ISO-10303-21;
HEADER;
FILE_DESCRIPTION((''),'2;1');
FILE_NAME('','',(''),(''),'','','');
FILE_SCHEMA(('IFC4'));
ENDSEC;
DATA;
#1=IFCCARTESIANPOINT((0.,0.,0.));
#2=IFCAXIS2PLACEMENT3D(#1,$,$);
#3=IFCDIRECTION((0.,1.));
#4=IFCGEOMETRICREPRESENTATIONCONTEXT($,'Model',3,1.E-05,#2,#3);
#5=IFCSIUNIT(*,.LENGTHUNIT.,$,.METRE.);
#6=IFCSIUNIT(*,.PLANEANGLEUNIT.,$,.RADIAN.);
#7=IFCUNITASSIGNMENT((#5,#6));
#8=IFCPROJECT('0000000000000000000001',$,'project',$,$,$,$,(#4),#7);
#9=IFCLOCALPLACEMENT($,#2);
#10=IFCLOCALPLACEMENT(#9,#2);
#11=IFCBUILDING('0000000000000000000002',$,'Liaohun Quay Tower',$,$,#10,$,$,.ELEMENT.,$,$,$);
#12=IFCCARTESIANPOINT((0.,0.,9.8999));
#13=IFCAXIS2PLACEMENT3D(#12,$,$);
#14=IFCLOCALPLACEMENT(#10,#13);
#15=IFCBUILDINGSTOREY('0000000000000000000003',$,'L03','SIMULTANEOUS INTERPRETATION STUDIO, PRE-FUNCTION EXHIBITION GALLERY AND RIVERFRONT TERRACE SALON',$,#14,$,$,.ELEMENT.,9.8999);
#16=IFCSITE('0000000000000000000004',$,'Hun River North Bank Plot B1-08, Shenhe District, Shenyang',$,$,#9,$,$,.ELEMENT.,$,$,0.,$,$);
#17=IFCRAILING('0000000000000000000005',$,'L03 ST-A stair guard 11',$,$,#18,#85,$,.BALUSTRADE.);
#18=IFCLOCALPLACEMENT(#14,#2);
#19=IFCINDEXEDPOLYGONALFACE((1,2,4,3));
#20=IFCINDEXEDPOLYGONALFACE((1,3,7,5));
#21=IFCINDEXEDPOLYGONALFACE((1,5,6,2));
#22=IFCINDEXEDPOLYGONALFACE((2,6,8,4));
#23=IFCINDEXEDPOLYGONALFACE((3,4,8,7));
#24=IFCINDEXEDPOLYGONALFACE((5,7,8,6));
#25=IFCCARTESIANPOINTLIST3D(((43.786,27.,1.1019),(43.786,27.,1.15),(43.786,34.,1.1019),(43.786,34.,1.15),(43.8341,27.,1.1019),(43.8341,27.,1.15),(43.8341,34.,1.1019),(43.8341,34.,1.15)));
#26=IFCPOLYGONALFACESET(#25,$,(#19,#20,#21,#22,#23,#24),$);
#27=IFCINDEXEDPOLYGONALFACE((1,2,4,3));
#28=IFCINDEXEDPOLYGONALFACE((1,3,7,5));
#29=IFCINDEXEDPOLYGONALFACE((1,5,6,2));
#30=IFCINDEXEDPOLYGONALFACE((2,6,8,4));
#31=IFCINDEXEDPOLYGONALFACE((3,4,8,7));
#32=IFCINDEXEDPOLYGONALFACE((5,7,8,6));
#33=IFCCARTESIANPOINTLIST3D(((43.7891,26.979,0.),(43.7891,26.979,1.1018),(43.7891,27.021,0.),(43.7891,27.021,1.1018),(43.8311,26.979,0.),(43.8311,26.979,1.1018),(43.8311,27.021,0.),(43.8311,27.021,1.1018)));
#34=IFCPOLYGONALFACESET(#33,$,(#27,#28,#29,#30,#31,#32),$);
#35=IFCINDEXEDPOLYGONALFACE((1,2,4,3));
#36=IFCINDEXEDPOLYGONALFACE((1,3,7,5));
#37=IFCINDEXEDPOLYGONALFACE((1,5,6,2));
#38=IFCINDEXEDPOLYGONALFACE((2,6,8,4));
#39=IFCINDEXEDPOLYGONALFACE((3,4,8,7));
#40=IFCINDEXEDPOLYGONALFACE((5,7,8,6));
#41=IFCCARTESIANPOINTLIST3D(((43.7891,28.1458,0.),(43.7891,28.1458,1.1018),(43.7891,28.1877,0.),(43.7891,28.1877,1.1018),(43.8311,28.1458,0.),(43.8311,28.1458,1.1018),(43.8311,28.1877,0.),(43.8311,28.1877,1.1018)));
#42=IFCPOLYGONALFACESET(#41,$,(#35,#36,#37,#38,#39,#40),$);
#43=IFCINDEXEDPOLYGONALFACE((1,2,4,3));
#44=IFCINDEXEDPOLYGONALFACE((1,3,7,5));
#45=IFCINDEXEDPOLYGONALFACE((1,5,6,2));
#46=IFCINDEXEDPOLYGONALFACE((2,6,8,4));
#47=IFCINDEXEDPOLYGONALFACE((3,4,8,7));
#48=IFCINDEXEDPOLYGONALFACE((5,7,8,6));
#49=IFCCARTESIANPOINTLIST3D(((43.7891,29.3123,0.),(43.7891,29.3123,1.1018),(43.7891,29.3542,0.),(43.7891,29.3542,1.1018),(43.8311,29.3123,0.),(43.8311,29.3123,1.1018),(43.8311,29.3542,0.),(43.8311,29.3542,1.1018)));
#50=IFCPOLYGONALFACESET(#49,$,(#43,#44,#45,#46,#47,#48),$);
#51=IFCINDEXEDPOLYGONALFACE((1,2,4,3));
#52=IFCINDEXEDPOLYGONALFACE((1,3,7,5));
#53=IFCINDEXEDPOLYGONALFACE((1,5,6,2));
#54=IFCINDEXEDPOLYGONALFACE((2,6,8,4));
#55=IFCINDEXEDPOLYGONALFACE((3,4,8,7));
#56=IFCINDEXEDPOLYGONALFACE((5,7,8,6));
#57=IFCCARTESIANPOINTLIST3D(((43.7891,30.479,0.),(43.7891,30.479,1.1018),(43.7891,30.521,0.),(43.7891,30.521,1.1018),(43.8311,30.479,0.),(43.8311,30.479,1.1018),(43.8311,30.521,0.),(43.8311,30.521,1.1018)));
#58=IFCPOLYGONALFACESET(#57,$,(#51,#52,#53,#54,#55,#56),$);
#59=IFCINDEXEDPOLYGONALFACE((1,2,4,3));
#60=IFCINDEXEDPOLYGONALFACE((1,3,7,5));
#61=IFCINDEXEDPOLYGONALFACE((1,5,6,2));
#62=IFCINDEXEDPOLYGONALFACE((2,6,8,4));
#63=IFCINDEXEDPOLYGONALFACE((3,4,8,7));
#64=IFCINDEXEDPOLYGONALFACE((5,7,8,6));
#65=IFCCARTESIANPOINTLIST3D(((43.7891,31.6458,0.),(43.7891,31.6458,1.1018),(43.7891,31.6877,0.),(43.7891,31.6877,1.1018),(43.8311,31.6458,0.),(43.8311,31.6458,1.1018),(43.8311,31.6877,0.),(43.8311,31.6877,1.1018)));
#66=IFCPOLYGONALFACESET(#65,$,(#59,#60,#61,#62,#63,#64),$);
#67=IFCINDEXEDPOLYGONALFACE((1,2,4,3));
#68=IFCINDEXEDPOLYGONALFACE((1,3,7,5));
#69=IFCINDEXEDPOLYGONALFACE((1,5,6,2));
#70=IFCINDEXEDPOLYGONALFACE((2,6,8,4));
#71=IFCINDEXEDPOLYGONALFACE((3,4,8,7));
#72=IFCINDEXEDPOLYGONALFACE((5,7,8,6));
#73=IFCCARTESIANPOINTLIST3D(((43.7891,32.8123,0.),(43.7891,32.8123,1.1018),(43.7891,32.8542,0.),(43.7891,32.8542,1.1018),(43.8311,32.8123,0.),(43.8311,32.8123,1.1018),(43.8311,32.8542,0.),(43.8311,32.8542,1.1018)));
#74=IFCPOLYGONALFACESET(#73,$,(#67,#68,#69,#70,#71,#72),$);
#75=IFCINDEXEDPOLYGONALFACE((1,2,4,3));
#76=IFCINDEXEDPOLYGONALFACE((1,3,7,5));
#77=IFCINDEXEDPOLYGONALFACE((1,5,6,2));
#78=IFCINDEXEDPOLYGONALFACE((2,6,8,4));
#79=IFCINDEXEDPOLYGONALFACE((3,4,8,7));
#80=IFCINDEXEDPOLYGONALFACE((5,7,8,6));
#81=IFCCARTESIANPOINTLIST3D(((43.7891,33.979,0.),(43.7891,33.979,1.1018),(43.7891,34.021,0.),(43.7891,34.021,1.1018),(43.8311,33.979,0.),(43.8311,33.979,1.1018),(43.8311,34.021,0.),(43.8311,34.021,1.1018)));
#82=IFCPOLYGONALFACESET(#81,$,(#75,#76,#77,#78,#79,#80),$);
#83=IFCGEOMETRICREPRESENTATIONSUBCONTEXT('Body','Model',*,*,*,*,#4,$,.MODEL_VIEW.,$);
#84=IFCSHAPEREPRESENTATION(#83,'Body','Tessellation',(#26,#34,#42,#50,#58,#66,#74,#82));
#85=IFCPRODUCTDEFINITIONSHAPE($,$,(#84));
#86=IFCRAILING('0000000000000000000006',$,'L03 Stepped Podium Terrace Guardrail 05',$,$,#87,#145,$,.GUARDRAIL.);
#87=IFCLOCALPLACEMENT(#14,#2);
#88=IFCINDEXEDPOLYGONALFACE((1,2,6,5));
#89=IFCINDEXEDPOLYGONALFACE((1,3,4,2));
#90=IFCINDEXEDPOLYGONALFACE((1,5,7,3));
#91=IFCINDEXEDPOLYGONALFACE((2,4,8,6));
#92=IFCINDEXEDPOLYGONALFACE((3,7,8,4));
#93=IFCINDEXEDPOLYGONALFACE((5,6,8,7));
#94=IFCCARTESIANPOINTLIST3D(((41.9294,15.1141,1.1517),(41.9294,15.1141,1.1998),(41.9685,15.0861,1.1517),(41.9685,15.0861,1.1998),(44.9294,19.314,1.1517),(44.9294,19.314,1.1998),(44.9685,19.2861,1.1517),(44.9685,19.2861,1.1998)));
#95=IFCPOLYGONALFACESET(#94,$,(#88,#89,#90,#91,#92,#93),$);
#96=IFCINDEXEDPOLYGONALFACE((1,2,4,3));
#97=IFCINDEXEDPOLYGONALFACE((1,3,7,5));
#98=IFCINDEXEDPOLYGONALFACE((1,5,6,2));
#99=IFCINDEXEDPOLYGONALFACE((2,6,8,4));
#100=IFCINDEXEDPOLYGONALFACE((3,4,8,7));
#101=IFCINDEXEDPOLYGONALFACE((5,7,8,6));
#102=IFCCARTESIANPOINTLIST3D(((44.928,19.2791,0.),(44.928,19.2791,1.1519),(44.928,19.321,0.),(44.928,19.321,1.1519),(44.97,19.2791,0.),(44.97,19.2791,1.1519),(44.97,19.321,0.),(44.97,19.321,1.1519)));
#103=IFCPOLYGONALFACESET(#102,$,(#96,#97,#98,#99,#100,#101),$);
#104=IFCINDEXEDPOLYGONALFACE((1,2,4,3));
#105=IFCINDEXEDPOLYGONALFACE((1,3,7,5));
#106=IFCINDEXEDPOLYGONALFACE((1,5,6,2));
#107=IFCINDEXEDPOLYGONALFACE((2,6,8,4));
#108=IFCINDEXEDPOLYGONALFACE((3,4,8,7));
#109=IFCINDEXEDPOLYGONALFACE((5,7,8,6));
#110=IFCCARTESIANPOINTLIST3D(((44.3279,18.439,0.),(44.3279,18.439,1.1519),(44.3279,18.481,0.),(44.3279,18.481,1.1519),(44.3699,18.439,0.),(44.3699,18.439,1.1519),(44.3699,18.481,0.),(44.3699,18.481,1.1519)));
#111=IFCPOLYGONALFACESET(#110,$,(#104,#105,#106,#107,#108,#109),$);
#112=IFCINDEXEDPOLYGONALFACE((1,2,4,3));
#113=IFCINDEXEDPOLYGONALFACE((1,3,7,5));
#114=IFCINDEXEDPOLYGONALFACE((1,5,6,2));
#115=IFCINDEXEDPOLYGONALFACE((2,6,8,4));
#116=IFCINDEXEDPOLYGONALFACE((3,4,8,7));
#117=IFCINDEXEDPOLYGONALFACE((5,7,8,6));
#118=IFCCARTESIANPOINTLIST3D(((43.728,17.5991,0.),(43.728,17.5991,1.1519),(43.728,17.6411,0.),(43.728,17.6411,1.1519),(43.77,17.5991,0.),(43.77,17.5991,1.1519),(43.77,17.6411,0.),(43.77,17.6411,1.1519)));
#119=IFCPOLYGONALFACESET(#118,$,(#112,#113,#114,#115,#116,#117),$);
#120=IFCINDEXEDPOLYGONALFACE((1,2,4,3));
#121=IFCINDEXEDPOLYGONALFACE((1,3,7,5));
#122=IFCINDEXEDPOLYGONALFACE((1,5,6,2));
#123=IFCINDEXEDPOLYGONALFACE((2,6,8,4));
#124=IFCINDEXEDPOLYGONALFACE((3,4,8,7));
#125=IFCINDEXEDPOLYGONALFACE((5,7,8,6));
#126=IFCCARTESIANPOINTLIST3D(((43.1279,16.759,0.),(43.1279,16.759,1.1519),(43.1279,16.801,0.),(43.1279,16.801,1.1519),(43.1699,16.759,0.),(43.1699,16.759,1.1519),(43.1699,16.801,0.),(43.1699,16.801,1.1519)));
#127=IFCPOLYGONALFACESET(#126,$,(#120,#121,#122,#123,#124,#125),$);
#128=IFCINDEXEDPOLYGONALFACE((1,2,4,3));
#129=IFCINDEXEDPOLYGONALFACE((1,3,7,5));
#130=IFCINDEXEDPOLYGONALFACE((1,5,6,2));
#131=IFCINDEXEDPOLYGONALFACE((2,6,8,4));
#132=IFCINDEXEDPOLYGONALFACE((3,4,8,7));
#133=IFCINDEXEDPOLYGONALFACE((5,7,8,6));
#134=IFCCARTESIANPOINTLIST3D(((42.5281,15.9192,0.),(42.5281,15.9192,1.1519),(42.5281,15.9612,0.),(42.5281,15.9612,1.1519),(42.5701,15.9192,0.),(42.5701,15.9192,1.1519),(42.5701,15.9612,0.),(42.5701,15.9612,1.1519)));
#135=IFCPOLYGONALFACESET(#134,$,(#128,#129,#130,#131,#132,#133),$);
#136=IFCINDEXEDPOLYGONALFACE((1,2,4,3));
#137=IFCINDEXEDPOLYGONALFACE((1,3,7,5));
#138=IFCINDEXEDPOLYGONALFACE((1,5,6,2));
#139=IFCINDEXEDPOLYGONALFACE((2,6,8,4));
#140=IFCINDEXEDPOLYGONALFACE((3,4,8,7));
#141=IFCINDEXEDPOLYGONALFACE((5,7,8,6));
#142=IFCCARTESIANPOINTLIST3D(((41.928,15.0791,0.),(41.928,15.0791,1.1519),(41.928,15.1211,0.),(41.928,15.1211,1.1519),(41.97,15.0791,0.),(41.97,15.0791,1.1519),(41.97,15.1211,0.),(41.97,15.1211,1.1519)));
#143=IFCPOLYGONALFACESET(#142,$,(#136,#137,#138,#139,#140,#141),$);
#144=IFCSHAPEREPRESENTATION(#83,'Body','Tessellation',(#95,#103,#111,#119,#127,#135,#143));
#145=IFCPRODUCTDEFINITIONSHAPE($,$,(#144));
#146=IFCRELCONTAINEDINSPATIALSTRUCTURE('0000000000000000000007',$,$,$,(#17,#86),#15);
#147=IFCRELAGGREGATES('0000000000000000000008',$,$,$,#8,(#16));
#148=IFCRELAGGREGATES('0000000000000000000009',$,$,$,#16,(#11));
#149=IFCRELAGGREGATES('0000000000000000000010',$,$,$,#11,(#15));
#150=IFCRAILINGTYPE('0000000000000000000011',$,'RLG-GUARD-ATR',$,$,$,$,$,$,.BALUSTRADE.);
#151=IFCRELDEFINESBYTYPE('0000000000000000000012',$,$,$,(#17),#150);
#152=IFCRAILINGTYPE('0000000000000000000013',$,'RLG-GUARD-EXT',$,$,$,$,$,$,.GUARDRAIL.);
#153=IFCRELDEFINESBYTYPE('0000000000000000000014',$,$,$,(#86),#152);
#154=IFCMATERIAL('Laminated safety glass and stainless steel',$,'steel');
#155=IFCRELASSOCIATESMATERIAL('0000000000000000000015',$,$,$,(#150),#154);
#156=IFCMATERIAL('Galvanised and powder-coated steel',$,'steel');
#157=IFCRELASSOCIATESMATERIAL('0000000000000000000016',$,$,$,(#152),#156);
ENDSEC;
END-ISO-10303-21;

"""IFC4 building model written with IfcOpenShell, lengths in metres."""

from ifc_helpers import new_model, si_unit, direction, frame, origin, origin_2d, place, context, subcontext, project, spatial, rectangle, extrude, material, type_object, element, save


model = new_model("IFC4")

# Units and contexts
model_context = context("Model", 3, precision=1e-05, world=origin(), true_north=direction((0.0, 1.0)))
body_context = subcontext(model_context, "Body", "Model", "MODEL_VIEW")
ifc_project = project(units=[si_unit("LENGTHUNIT", "METRE"), si_unit("PLANEANGLEUNIT", "RADIAN")], contexts=[model_context])

# Site, building, storey
site_placement = place(None, origin())
site = spatial("IfcSite", under=ifc_project, at=site_placement, Name="Hun River North Bank Plot B1-08, Shenhe District, Shenyang", CompositionType="ELEMENT", RefElevation=0.0)
building_placement = place(site_placement, origin())
building = spatial("IfcBuilding", under=site, at=building_placement, Name="Liaohun Quay Tower", CompositionType="ELEMENT")
storey_placement = place(building_placement, frame((0.0, 0.0, 9.8999)))
storey = spatial("IfcBuildingStorey", under=building, at=storey_placement, Name="L03", Description="SIMULTANEOUS INTERPRETATION STUDIO, PRE-FUNCTION EXHIBITION GALLERY AND RIVERFRONT TERRACE SALON", CompositionType="ELEMENT", Elevation=9.8999)

# Railings
ifc_material_1 = material(Name="Laminated safety glass and stainless steel", Category="steel")
railing_type_1 = type_object("IfcRailingType", Name="RLG-GUARD-ATR", PredefinedType="BALUSTRADE", material=ifc_material_1)
for number, where, name in (
    (1, (43.8101, 27.0, 0.0), "L03 ST-A stair guard 11"),
):
    element("IfcRailing", number, at=place(storey_placement, frame(where)), inside=storey, type_object=railing_type_1, Name=name, PredefinedType="BALUSTRADE", context=body_context, shape_type="SweptSolid", body=[
        extrude(rectangle(XDim=0.0481, YDim=0.0481, at=origin_2d()), frame((0.0, 0.0, 1.126), z_axis=(0.0, 1.0, 0.0), x_axis=(-1.0, 0.0, 0.0)), (0.0, 0.0, 1.0), 7.0),
        extrude(rectangle(XDim=0.042, YDim=0.042, at=origin_2d()), origin(), (0.0, 0.0, 1.0), 1.1018),
        extrude(rectangle(XDim=0.042, YDim=0.042, at=origin_2d()), frame((0.0, 1.1667, 0.0)), (0.0, 0.0, 1.0), 1.1018),
        extrude(rectangle(XDim=0.042, YDim=0.042, at=origin_2d()), frame((0.0, 2.3333, 0.0)), (0.0, 0.0, 1.0), 1.1018),
        extrude(rectangle(XDim=0.042, YDim=0.042, at=origin_2d()), frame((0.0, 3.5, 0.0)), (0.0, 0.0, 1.0), 1.1018),
        extrude(rectangle(XDim=0.042, YDim=0.042, at=origin_2d()), frame((0.0, 4.6667, 0.0)), (0.0, 0.0, 1.0), 1.1018),
        extrude(rectangle(XDim=0.042, YDim=0.042, at=origin_2d()), frame((0.0, 5.8333, 0.0)), (0.0, 0.0, 1.0), 1.1018),
        extrude(rectangle(XDim=0.042, YDim=0.042, at=origin_2d()), frame((0.0, 7.0, 0.0)), (0.0, 0.0, 1.0), 1.1018),
    ])
ifc_material_2 = material(Name="Galvanised and powder-coated steel", Category="steel")
railing_type_2 = type_object("IfcRailingType", Name="RLG-GUARD-EXT", PredefinedType="GUARDRAIL", material=ifc_material_2)
railing_1_placement = place(storey_placement, frame((44.949, 19.3, 0.0)))
element("IfcRailing", 2, at=railing_1_placement, inside=storey, type_object=railing_type_2, Name="L03 Stepped Podium Terrace Guardrail 05", PredefinedType="GUARDRAIL", context=body_context, shape_type="SweptSolid", body=[
    extrude(rectangle(XDim=0.0481, YDim=0.0481, at=origin_2d()), frame((0.0, 0.0, 1.1758), z_axis=(-0.581243, -0.81373, 0.0), x_axis=(0.81373, -0.581243, 0.0)), (0.0, 0.0, 1.0), 5.1614),
    extrude(rectangle(XDim=0.042, YDim=0.042, at=origin_2d()), origin(), (0.0, 0.0, 1.0), 1.1519),
    extrude(rectangle(XDim=0.042, YDim=0.042, at=origin_2d()), frame((-0.6001, -0.8401, 0.0)), (0.0, 0.0, 1.0), 1.1519),
    extrude(rectangle(XDim=0.042, YDim=0.042, at=origin_2d()), frame((-1.2, -1.6799, 0.0)), (0.0, 0.0, 1.0), 1.1519),
    extrude(rectangle(XDim=0.042, YDim=0.042, at=origin_2d()), frame((-1.8, -2.52, 0.0)), (0.0, 0.0, 1.0), 1.1519),
    extrude(rectangle(XDim=0.042, YDim=0.042, at=origin_2d()), frame((-2.3999, -3.3599, 0.0)), (0.0, 0.0, 1.0), 1.1519),
    extrude(rectangle(XDim=0.042, YDim=0.042, at=origin_2d()), frame((-3.0, -4.2, 0.0)), (0.0, 0.0, 1.0), 1.1519),
])

save(model, "model.ifc")
